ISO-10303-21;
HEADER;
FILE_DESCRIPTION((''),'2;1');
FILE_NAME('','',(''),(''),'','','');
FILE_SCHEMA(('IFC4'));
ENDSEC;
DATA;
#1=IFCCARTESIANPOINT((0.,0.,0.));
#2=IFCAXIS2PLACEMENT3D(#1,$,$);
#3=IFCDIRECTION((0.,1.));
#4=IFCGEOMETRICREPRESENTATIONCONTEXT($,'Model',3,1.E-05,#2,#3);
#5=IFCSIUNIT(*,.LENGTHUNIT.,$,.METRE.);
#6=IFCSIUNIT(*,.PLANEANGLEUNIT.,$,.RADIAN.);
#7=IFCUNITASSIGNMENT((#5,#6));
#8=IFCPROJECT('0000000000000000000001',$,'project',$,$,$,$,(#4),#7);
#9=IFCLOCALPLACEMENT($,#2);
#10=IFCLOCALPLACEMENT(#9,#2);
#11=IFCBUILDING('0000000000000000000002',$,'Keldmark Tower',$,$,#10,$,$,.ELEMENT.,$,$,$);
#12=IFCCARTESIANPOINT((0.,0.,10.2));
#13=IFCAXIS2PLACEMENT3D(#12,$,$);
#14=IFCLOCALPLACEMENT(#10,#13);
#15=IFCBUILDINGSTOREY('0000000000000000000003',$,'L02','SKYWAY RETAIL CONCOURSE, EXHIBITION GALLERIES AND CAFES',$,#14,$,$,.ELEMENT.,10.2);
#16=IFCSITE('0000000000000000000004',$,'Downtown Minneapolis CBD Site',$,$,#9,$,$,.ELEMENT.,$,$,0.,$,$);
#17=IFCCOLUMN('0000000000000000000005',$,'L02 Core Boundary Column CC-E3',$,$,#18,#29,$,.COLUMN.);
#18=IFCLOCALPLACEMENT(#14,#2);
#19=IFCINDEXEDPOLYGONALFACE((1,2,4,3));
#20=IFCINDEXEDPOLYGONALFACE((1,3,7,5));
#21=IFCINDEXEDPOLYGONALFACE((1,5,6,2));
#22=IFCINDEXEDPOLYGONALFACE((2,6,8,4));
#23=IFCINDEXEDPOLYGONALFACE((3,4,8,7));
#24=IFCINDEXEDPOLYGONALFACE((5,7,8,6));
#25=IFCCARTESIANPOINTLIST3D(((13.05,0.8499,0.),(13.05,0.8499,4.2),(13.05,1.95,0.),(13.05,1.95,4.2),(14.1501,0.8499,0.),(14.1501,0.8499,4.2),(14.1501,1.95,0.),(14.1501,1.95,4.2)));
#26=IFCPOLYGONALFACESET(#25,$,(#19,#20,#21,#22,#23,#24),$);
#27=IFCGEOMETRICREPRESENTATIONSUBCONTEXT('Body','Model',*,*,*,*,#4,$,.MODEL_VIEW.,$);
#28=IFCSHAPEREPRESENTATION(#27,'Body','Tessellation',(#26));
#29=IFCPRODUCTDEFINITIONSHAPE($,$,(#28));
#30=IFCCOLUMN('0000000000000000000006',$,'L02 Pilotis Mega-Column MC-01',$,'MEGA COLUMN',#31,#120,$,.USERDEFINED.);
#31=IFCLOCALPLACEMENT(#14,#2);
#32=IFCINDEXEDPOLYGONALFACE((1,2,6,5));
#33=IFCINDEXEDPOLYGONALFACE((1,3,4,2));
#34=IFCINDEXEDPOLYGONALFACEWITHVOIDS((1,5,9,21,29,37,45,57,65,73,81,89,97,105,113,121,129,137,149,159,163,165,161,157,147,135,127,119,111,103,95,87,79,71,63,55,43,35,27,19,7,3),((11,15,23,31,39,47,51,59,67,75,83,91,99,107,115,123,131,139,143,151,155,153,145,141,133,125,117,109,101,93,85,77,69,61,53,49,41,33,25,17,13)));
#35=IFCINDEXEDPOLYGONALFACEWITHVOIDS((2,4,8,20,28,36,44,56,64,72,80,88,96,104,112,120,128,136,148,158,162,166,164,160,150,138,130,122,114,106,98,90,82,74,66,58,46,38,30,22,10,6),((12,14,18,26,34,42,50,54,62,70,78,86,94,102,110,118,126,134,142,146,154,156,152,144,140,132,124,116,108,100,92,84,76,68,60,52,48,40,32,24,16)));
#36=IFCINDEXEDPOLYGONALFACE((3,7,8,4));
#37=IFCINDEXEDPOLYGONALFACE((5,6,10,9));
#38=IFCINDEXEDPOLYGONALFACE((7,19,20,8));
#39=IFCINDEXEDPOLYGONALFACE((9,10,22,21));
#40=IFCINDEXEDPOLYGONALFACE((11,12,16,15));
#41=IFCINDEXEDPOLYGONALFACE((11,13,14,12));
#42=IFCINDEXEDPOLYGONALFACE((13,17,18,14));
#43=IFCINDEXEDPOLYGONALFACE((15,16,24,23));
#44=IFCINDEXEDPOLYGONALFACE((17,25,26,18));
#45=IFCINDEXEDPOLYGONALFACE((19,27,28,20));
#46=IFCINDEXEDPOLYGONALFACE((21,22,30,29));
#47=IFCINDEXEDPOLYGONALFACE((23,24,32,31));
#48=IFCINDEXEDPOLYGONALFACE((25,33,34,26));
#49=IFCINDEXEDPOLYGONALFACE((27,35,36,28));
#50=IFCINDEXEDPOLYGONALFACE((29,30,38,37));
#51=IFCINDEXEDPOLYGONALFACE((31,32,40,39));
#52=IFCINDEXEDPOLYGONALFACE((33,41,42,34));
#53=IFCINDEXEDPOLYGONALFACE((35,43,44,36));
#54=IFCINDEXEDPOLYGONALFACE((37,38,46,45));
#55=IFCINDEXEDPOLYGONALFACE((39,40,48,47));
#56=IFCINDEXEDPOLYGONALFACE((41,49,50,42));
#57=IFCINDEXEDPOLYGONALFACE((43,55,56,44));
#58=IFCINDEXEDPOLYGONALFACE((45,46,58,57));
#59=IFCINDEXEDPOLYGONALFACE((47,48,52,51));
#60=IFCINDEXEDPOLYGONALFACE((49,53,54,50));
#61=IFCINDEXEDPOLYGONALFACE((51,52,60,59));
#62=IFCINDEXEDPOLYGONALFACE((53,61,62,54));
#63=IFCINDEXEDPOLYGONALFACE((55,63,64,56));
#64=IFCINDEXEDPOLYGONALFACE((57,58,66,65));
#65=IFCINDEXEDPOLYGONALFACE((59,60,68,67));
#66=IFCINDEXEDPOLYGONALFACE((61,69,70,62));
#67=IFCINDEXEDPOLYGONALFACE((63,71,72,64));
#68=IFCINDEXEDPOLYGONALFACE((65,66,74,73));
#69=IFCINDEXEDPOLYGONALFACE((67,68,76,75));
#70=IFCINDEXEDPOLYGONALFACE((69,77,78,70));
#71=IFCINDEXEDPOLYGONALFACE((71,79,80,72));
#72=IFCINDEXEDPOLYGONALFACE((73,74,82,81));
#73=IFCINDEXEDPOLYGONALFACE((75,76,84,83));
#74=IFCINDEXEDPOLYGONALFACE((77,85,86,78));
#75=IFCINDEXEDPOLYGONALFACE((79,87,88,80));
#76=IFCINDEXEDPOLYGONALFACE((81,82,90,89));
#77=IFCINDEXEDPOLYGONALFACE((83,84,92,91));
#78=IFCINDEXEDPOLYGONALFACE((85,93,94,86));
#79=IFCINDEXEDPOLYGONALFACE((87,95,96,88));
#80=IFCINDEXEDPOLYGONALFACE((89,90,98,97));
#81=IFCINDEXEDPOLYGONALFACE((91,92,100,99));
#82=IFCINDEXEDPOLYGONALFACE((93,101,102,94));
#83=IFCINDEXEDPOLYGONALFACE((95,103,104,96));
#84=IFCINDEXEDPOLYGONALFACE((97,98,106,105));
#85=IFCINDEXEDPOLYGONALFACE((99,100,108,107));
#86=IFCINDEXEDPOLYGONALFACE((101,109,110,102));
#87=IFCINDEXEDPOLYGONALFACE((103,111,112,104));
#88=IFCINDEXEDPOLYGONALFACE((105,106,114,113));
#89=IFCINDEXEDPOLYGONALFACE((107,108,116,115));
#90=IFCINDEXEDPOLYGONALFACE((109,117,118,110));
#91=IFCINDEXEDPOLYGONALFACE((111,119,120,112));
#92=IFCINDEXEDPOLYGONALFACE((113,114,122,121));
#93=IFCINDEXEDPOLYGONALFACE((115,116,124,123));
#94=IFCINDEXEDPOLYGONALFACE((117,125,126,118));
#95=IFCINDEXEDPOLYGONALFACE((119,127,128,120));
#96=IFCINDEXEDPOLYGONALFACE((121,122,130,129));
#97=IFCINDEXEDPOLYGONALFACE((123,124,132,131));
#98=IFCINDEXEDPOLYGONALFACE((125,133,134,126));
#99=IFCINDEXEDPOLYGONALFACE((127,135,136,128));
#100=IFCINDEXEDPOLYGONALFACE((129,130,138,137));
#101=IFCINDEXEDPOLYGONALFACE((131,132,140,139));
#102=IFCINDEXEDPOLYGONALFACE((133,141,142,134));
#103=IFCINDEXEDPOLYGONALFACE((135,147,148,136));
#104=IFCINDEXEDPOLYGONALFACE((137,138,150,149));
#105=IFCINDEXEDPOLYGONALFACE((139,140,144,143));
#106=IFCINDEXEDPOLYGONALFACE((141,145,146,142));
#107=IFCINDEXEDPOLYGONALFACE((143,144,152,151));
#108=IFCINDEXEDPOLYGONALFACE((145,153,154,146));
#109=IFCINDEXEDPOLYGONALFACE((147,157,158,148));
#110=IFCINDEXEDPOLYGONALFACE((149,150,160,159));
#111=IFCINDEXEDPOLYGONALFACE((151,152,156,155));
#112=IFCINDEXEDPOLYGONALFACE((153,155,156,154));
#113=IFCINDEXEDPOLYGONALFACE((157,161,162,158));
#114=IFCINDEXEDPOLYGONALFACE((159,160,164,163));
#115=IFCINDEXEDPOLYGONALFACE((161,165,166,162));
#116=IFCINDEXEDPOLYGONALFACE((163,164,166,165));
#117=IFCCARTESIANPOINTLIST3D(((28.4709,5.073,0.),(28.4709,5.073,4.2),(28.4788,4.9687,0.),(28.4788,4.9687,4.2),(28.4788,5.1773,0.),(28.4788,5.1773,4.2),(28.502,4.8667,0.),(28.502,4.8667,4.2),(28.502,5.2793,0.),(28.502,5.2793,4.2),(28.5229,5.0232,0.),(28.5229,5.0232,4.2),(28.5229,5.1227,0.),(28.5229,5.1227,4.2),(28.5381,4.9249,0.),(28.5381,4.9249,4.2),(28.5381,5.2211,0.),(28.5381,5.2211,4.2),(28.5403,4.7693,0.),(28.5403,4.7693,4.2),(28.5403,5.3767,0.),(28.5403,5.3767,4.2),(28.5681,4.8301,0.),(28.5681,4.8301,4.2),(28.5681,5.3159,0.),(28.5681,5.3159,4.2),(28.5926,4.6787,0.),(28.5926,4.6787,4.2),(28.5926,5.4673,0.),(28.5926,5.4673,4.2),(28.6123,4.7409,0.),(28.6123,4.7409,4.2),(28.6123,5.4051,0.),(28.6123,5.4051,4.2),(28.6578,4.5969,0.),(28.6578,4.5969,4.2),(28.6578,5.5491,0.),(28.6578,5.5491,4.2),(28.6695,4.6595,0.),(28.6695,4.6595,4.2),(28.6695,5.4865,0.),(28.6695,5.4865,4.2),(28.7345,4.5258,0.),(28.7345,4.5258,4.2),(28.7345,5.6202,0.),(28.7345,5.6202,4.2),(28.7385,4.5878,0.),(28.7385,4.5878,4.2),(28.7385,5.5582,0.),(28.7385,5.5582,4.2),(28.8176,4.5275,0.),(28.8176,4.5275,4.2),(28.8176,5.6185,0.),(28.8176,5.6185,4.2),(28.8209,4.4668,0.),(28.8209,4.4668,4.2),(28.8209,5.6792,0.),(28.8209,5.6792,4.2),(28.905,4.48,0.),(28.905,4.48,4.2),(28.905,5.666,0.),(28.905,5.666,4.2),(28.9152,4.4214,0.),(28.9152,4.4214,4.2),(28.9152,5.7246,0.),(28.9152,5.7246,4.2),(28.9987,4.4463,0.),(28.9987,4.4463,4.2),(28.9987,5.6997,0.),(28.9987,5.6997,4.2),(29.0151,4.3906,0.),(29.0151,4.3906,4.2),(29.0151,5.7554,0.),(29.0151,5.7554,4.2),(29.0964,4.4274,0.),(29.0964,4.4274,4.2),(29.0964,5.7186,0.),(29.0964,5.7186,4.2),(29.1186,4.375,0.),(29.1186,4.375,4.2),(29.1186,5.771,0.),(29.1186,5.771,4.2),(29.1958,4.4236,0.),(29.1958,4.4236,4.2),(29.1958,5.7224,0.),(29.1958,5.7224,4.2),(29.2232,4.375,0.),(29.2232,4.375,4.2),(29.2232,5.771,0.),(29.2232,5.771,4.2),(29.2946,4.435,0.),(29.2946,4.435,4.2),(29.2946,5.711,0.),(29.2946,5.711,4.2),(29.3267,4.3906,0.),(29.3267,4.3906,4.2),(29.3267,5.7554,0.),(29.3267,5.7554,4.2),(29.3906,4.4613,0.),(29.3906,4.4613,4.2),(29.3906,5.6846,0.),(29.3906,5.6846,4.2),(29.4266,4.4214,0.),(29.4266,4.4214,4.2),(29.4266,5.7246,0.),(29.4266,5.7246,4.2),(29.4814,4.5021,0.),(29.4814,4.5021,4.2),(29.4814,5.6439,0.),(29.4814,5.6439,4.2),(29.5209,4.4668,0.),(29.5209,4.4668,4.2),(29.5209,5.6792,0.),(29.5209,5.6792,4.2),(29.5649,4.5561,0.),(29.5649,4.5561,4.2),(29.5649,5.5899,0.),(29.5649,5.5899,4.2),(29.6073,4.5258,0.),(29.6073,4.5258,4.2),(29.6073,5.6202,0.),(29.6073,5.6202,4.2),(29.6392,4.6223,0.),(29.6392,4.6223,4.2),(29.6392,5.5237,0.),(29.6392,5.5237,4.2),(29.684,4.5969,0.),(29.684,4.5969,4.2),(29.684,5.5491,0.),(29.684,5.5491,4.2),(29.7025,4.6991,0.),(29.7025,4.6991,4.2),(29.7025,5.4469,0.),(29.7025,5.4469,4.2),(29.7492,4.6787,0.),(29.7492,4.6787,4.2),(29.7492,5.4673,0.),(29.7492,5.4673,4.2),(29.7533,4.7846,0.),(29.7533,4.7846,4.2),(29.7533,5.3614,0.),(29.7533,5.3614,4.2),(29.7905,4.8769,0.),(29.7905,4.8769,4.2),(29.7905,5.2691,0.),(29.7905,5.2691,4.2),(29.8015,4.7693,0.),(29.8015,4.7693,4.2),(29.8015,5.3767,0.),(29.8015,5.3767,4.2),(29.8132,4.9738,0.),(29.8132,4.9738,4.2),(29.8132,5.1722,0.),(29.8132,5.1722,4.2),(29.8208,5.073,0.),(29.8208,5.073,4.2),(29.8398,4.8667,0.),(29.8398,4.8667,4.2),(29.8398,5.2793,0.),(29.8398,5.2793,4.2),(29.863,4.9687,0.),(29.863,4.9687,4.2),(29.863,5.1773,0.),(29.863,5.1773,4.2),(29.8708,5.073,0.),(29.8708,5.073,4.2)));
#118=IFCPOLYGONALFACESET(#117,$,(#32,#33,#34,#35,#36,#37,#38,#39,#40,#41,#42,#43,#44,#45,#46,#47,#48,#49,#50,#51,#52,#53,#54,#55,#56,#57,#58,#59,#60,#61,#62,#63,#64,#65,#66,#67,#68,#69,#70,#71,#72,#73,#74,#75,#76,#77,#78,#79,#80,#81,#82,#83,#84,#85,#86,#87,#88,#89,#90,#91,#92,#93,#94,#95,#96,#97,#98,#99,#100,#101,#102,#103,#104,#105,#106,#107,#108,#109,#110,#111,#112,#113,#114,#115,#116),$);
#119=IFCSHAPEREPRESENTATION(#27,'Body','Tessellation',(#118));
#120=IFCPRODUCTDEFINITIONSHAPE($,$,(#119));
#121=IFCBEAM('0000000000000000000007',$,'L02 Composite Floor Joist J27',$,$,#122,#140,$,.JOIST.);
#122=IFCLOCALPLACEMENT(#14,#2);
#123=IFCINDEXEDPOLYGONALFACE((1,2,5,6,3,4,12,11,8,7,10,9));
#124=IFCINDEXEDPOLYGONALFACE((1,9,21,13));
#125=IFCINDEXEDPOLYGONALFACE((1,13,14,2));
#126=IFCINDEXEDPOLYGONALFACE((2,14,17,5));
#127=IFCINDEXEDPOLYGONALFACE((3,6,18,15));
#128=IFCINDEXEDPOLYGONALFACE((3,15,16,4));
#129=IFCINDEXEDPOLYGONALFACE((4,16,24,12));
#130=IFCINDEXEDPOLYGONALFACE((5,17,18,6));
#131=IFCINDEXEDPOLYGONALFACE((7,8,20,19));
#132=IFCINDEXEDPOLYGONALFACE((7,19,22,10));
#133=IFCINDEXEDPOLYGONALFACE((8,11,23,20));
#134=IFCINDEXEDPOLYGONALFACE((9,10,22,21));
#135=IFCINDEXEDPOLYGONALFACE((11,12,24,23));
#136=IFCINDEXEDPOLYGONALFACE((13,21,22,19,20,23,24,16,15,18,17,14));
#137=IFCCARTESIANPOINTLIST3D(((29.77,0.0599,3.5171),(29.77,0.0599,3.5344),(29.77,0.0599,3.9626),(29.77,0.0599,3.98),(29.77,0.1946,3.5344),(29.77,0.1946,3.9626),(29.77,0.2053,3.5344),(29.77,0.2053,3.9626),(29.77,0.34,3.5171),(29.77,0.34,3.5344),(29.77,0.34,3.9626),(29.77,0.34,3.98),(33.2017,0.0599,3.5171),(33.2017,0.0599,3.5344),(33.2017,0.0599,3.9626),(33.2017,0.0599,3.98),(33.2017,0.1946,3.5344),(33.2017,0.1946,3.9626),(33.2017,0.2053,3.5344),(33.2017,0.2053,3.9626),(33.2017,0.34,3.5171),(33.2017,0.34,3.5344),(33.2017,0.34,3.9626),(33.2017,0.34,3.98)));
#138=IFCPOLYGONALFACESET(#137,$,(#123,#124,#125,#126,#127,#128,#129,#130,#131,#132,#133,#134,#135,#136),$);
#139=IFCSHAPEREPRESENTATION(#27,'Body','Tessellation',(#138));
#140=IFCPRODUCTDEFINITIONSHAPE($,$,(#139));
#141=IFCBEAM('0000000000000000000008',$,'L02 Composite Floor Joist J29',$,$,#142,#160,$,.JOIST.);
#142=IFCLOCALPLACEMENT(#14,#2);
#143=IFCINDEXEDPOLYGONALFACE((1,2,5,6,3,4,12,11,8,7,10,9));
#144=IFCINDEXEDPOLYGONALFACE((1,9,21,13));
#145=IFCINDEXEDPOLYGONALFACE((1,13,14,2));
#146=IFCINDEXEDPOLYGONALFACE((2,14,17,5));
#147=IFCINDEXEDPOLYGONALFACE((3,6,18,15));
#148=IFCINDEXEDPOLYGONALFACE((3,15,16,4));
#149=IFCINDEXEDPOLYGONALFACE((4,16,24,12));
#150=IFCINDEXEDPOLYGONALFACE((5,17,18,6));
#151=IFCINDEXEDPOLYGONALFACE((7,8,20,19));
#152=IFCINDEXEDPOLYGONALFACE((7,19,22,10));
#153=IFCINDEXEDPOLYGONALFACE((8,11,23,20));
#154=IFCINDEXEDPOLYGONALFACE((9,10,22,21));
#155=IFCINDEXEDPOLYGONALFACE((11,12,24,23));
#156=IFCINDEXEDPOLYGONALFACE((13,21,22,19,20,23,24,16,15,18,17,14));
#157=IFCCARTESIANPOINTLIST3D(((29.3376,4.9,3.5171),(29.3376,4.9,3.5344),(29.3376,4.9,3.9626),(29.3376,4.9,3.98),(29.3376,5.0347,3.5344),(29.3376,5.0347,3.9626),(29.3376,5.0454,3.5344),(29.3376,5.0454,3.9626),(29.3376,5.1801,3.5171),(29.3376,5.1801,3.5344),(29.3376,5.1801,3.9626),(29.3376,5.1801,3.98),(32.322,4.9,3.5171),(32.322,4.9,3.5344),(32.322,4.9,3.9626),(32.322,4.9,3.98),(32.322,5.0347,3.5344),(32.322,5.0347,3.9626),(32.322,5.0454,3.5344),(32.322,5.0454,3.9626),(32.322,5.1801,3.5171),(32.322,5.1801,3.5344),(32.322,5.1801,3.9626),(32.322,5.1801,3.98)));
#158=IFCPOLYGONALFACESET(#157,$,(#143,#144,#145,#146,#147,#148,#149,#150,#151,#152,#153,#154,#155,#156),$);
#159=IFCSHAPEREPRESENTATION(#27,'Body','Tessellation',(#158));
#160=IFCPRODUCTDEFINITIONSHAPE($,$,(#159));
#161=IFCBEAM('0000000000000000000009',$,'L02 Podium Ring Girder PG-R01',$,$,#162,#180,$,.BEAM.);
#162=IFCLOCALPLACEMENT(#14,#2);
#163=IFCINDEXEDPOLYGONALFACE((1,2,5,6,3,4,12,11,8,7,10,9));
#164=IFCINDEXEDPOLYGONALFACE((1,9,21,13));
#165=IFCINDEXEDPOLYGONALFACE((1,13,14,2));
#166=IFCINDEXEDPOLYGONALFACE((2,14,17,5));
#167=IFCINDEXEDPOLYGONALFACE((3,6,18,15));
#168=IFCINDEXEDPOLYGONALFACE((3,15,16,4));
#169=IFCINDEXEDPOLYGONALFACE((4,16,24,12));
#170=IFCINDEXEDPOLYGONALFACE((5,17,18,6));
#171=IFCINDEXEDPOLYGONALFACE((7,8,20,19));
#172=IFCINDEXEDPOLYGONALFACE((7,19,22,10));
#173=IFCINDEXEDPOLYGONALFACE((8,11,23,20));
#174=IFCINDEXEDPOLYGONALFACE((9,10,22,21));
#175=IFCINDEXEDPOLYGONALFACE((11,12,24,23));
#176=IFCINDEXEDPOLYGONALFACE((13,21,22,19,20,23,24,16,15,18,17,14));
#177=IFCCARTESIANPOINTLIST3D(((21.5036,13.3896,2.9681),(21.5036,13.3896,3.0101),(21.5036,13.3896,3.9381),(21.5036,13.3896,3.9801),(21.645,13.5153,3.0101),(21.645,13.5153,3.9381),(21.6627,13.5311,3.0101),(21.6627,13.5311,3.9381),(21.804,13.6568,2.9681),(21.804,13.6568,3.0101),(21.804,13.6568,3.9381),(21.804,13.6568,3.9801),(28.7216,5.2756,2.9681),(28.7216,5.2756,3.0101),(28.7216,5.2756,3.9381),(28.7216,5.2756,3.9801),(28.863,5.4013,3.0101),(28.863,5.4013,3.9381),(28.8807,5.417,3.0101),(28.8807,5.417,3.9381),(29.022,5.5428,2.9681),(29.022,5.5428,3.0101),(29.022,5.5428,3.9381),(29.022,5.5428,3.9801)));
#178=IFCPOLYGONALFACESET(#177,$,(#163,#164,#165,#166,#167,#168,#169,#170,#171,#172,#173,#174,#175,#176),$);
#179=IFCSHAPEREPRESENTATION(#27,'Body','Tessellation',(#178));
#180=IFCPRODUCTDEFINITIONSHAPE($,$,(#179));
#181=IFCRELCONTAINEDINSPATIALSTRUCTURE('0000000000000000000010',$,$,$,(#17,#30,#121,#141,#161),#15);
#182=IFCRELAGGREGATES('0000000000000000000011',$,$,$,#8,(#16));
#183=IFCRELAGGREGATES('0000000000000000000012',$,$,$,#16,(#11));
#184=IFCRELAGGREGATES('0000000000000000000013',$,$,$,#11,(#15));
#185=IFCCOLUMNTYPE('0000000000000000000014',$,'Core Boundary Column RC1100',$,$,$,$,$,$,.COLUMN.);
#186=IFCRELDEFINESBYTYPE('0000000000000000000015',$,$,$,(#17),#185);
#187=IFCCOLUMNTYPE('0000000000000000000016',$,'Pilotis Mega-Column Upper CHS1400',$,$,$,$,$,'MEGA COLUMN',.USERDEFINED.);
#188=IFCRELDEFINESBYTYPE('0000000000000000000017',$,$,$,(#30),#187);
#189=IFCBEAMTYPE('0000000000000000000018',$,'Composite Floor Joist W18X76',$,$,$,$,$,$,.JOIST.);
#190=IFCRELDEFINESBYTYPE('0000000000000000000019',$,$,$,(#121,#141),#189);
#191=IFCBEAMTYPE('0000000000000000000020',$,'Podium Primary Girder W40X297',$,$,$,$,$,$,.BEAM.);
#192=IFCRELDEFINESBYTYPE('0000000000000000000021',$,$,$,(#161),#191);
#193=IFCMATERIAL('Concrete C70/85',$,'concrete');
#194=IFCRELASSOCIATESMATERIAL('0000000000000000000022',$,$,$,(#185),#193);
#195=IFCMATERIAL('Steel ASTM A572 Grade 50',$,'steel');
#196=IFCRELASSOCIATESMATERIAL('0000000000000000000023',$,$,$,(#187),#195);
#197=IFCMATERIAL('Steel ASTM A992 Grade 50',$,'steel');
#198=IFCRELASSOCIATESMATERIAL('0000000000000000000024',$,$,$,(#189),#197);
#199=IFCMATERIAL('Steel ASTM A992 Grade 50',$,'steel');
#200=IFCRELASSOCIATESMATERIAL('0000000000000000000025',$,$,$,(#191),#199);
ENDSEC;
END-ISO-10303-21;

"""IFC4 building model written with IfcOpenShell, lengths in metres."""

from ifc_helpers import new_model, si_unit, direction, frame, origin, origin_2d, place, context, subcontext, project, spatial, rectangle, hollow_circle, i_section, extrude, material, material_profile, profile_set, type_object, element, save


model = new_model("IFC4")

# Units and contexts
model_context = context("Model", 3, precision=1e-05, world=origin(), true_north=direction((0.0, 1.0)))
body_context = subcontext(model_context, "Body", "Model", "MODEL_VIEW")
ifc_project = project(units=[si_unit("LENGTHUNIT", "METRE"), si_unit("PLANEANGLEUNIT", "RADIAN")], contexts=[model_context])

# Site, building, storey
site_placement = place(None, origin())
site = spatial("IfcSite", under=ifc_project, at=site_placement, Name="Downtown Minneapolis CBD Site", CompositionType="ELEMENT", RefElevation=0.0)
building_placement = place(site_placement, origin())
building = spatial("IfcBuilding", under=site, at=building_placement, Name="Keldmark Tower", CompositionType="ELEMENT")
storey_placement = place(building_placement, frame((0.0, 0.0, 10.2)))
storey = spatial("IfcBuildingStorey", under=building, at=storey_placement, Name="L02", Description="SKYWAY RETAIL CONCOURSE, EXHIBITION GALLERIES AND CAFES", CompositionType="ELEMENT", Elevation=10.2)

# Columns
ifc_material_1 = material(Name="Concrete C70/85", Category="concrete")
ifc_material_profile_1 = material_profile(ifc_material_1, rectangle(XDim=1.1001, YDim=1.1001, at=origin_2d()), Name="RC1100X1100")
ifc_profile_set_1 = profile_set([ifc_material_profile_1], Name="Concrete C70/85")
column_type_1 = type_object("IfcColumnType", Name="Core Boundary Column RC1100", PredefinedType="COLUMN", material=ifc_profile_set_1)
column_1_placement = place(storey_placement, frame((13.6001, 1.3999, 0.0), z_axis=(0.0, 0.0, 1.0), x_axis=(1.0, 0.0, 0.0)))
element("IfcColumn", 1, at=column_1_placement, inside=storey, type_object=column_type_1, Name="L02 Core Boundary Column CC-E3", PredefinedType="COLUMN", context=body_context, shape_type="SweptSolid", body=[
    extrude(rectangle(XDim=1.1001, YDim=1.1001, at=origin_2d()), origin(), (0.0, 0.0, 1.0), 4.2),
])
ifc_material_2 = material(Name="Steel ASTM A572 Grade 50", Category="steel")
ifc_material_profile_2 = material_profile(ifc_material_2, hollow_circle(Radius=0.7, WallThickness=0.05, at=origin_2d()), Name="CHS1400X50")
ifc_profile_set_2 = profile_set([ifc_material_profile_2], Name="Steel ASTM A572 Grade 50")
column_type_2 = type_object("IfcColumnType", Name="Pilotis Mega-Column Upper CHS1400", ElementType="MEGA COLUMN", PredefinedType="USERDEFINED", material=ifc_profile_set_2)
column_2_placement = place(storey_placement, frame((29.1709, 5.073, 0.0), z_axis=(0.0, 0.0, 1.0), x_axis=(1.0, 0.0, 0.0)))
element("IfcColumn", 2, at=column_2_placement, inside=storey, type_object=column_type_2, Name="L02 Pilotis Mega-Column MC-01", ObjectType="MEGA COLUMN", PredefinedType="USERDEFINED", context=body_context, shape_type="SweptSolid", body=[
    extrude(hollow_circle(Radius=0.7, WallThickness=0.05, at=origin_2d()), origin(), (0.0, 0.0, 1.0), 4.2),
])

# Beams
ifc_material_3 = material(Name="Steel ASTM A992 Grade 50", Category="steel")
ifc_material_profile_3 = material_profile(ifc_material_3, i_section(OverallWidth=0.28, OverallDepth=0.4629, WebThickness=0.0107, FlangeThickness=0.0173, at=origin_2d()), Name="W18X76")
ifc_profile_set_3 = profile_set([ifc_material_profile_3], Name="Steel ASTM A992 Grade 50")
beam_type_1 = type_object("IfcBeamType", Name="Composite Floor Joist W18X76", PredefinedType="JOIST", material=ifc_profile_set_3)
beam_1_placement = place(storey_placement, frame((29.77, 0.2, 3.7485), z_axis=(1.0, 0.0, 0.0), x_axis=(0.0, 1.0, 0.0)))
element("IfcBeam", 3, at=beam_1_placement, inside=storey, type_object=beam_type_1, Name="L02 Composite Floor Joist J27", PredefinedType="JOIST", context=body_context, shape_type="SweptSolid", body=[
    extrude(i_section(OverallWidth=0.28, OverallDepth=0.4629, WebThickness=0.0107, FlangeThickness=0.0173, at=origin_2d()), origin(), (0.0, 0.0, 1.0), 3.4316),
])
beam_2_placement = place(storey_placement, frame((29.3376, 5.04, 3.7485), z_axis=(1.0, 0.0, 0.0), x_axis=(0.0, 1.0, 0.0)))
element("IfcBeam", 4, at=beam_2_placement, inside=storey, type_object=beam_type_1, Name="L02 Composite Floor Joist J29", PredefinedType="JOIST", context=body_context, shape_type="SweptSolid", body=[
    extrude(i_section(OverallWidth=0.28, OverallDepth=0.4629, WebThickness=0.0107, FlangeThickness=0.0173, at=origin_2d()), origin(), (0.0, 0.0, 1.0), 2.9844),
])
ifc_material_4 = material(Name="Steel ASTM A992 Grade 50", Category="steel")
ifc_material_profile_4 = material_profile(ifc_material_4, i_section(OverallWidth=0.4021, OverallDepth=1.012, WebThickness=0.0237, FlangeThickness=0.042, at=origin_2d()), Name="W40X297")
ifc_profile_set_4 = profile_set([ifc_material_profile_4], Name="Steel ASTM A992 Grade 50")
beam_type_2 = type_object("IfcBeamType", Name="Podium Primary Girder W40X297", PredefinedType="BEAM", material=ifc_profile_set_4)
beam_3_placement = place(storey_placement, frame((28.8718, 5.4092, 3.4741), z_axis=(-0.66465, 0.747155, 0.0), x_axis=(-0.747155, -0.66465, 0.0)))
element("IfcBeam", 5, at=beam_3_placement, inside=storey, type_object=beam_type_2, Name="L02 Podium Ring Girder PG-R01", PredefinedType="BEAM", context=body_context, shape_type="SweptSolid", body=[
    extrude(i_section(OverallWidth=0.4021, OverallDepth=1.012, WebThickness=0.0237, FlangeThickness=0.042, at=origin_2d()), origin(), (0.0, 0.0, 1.0), 10.8599),
])

save(model, "model.ifc")
